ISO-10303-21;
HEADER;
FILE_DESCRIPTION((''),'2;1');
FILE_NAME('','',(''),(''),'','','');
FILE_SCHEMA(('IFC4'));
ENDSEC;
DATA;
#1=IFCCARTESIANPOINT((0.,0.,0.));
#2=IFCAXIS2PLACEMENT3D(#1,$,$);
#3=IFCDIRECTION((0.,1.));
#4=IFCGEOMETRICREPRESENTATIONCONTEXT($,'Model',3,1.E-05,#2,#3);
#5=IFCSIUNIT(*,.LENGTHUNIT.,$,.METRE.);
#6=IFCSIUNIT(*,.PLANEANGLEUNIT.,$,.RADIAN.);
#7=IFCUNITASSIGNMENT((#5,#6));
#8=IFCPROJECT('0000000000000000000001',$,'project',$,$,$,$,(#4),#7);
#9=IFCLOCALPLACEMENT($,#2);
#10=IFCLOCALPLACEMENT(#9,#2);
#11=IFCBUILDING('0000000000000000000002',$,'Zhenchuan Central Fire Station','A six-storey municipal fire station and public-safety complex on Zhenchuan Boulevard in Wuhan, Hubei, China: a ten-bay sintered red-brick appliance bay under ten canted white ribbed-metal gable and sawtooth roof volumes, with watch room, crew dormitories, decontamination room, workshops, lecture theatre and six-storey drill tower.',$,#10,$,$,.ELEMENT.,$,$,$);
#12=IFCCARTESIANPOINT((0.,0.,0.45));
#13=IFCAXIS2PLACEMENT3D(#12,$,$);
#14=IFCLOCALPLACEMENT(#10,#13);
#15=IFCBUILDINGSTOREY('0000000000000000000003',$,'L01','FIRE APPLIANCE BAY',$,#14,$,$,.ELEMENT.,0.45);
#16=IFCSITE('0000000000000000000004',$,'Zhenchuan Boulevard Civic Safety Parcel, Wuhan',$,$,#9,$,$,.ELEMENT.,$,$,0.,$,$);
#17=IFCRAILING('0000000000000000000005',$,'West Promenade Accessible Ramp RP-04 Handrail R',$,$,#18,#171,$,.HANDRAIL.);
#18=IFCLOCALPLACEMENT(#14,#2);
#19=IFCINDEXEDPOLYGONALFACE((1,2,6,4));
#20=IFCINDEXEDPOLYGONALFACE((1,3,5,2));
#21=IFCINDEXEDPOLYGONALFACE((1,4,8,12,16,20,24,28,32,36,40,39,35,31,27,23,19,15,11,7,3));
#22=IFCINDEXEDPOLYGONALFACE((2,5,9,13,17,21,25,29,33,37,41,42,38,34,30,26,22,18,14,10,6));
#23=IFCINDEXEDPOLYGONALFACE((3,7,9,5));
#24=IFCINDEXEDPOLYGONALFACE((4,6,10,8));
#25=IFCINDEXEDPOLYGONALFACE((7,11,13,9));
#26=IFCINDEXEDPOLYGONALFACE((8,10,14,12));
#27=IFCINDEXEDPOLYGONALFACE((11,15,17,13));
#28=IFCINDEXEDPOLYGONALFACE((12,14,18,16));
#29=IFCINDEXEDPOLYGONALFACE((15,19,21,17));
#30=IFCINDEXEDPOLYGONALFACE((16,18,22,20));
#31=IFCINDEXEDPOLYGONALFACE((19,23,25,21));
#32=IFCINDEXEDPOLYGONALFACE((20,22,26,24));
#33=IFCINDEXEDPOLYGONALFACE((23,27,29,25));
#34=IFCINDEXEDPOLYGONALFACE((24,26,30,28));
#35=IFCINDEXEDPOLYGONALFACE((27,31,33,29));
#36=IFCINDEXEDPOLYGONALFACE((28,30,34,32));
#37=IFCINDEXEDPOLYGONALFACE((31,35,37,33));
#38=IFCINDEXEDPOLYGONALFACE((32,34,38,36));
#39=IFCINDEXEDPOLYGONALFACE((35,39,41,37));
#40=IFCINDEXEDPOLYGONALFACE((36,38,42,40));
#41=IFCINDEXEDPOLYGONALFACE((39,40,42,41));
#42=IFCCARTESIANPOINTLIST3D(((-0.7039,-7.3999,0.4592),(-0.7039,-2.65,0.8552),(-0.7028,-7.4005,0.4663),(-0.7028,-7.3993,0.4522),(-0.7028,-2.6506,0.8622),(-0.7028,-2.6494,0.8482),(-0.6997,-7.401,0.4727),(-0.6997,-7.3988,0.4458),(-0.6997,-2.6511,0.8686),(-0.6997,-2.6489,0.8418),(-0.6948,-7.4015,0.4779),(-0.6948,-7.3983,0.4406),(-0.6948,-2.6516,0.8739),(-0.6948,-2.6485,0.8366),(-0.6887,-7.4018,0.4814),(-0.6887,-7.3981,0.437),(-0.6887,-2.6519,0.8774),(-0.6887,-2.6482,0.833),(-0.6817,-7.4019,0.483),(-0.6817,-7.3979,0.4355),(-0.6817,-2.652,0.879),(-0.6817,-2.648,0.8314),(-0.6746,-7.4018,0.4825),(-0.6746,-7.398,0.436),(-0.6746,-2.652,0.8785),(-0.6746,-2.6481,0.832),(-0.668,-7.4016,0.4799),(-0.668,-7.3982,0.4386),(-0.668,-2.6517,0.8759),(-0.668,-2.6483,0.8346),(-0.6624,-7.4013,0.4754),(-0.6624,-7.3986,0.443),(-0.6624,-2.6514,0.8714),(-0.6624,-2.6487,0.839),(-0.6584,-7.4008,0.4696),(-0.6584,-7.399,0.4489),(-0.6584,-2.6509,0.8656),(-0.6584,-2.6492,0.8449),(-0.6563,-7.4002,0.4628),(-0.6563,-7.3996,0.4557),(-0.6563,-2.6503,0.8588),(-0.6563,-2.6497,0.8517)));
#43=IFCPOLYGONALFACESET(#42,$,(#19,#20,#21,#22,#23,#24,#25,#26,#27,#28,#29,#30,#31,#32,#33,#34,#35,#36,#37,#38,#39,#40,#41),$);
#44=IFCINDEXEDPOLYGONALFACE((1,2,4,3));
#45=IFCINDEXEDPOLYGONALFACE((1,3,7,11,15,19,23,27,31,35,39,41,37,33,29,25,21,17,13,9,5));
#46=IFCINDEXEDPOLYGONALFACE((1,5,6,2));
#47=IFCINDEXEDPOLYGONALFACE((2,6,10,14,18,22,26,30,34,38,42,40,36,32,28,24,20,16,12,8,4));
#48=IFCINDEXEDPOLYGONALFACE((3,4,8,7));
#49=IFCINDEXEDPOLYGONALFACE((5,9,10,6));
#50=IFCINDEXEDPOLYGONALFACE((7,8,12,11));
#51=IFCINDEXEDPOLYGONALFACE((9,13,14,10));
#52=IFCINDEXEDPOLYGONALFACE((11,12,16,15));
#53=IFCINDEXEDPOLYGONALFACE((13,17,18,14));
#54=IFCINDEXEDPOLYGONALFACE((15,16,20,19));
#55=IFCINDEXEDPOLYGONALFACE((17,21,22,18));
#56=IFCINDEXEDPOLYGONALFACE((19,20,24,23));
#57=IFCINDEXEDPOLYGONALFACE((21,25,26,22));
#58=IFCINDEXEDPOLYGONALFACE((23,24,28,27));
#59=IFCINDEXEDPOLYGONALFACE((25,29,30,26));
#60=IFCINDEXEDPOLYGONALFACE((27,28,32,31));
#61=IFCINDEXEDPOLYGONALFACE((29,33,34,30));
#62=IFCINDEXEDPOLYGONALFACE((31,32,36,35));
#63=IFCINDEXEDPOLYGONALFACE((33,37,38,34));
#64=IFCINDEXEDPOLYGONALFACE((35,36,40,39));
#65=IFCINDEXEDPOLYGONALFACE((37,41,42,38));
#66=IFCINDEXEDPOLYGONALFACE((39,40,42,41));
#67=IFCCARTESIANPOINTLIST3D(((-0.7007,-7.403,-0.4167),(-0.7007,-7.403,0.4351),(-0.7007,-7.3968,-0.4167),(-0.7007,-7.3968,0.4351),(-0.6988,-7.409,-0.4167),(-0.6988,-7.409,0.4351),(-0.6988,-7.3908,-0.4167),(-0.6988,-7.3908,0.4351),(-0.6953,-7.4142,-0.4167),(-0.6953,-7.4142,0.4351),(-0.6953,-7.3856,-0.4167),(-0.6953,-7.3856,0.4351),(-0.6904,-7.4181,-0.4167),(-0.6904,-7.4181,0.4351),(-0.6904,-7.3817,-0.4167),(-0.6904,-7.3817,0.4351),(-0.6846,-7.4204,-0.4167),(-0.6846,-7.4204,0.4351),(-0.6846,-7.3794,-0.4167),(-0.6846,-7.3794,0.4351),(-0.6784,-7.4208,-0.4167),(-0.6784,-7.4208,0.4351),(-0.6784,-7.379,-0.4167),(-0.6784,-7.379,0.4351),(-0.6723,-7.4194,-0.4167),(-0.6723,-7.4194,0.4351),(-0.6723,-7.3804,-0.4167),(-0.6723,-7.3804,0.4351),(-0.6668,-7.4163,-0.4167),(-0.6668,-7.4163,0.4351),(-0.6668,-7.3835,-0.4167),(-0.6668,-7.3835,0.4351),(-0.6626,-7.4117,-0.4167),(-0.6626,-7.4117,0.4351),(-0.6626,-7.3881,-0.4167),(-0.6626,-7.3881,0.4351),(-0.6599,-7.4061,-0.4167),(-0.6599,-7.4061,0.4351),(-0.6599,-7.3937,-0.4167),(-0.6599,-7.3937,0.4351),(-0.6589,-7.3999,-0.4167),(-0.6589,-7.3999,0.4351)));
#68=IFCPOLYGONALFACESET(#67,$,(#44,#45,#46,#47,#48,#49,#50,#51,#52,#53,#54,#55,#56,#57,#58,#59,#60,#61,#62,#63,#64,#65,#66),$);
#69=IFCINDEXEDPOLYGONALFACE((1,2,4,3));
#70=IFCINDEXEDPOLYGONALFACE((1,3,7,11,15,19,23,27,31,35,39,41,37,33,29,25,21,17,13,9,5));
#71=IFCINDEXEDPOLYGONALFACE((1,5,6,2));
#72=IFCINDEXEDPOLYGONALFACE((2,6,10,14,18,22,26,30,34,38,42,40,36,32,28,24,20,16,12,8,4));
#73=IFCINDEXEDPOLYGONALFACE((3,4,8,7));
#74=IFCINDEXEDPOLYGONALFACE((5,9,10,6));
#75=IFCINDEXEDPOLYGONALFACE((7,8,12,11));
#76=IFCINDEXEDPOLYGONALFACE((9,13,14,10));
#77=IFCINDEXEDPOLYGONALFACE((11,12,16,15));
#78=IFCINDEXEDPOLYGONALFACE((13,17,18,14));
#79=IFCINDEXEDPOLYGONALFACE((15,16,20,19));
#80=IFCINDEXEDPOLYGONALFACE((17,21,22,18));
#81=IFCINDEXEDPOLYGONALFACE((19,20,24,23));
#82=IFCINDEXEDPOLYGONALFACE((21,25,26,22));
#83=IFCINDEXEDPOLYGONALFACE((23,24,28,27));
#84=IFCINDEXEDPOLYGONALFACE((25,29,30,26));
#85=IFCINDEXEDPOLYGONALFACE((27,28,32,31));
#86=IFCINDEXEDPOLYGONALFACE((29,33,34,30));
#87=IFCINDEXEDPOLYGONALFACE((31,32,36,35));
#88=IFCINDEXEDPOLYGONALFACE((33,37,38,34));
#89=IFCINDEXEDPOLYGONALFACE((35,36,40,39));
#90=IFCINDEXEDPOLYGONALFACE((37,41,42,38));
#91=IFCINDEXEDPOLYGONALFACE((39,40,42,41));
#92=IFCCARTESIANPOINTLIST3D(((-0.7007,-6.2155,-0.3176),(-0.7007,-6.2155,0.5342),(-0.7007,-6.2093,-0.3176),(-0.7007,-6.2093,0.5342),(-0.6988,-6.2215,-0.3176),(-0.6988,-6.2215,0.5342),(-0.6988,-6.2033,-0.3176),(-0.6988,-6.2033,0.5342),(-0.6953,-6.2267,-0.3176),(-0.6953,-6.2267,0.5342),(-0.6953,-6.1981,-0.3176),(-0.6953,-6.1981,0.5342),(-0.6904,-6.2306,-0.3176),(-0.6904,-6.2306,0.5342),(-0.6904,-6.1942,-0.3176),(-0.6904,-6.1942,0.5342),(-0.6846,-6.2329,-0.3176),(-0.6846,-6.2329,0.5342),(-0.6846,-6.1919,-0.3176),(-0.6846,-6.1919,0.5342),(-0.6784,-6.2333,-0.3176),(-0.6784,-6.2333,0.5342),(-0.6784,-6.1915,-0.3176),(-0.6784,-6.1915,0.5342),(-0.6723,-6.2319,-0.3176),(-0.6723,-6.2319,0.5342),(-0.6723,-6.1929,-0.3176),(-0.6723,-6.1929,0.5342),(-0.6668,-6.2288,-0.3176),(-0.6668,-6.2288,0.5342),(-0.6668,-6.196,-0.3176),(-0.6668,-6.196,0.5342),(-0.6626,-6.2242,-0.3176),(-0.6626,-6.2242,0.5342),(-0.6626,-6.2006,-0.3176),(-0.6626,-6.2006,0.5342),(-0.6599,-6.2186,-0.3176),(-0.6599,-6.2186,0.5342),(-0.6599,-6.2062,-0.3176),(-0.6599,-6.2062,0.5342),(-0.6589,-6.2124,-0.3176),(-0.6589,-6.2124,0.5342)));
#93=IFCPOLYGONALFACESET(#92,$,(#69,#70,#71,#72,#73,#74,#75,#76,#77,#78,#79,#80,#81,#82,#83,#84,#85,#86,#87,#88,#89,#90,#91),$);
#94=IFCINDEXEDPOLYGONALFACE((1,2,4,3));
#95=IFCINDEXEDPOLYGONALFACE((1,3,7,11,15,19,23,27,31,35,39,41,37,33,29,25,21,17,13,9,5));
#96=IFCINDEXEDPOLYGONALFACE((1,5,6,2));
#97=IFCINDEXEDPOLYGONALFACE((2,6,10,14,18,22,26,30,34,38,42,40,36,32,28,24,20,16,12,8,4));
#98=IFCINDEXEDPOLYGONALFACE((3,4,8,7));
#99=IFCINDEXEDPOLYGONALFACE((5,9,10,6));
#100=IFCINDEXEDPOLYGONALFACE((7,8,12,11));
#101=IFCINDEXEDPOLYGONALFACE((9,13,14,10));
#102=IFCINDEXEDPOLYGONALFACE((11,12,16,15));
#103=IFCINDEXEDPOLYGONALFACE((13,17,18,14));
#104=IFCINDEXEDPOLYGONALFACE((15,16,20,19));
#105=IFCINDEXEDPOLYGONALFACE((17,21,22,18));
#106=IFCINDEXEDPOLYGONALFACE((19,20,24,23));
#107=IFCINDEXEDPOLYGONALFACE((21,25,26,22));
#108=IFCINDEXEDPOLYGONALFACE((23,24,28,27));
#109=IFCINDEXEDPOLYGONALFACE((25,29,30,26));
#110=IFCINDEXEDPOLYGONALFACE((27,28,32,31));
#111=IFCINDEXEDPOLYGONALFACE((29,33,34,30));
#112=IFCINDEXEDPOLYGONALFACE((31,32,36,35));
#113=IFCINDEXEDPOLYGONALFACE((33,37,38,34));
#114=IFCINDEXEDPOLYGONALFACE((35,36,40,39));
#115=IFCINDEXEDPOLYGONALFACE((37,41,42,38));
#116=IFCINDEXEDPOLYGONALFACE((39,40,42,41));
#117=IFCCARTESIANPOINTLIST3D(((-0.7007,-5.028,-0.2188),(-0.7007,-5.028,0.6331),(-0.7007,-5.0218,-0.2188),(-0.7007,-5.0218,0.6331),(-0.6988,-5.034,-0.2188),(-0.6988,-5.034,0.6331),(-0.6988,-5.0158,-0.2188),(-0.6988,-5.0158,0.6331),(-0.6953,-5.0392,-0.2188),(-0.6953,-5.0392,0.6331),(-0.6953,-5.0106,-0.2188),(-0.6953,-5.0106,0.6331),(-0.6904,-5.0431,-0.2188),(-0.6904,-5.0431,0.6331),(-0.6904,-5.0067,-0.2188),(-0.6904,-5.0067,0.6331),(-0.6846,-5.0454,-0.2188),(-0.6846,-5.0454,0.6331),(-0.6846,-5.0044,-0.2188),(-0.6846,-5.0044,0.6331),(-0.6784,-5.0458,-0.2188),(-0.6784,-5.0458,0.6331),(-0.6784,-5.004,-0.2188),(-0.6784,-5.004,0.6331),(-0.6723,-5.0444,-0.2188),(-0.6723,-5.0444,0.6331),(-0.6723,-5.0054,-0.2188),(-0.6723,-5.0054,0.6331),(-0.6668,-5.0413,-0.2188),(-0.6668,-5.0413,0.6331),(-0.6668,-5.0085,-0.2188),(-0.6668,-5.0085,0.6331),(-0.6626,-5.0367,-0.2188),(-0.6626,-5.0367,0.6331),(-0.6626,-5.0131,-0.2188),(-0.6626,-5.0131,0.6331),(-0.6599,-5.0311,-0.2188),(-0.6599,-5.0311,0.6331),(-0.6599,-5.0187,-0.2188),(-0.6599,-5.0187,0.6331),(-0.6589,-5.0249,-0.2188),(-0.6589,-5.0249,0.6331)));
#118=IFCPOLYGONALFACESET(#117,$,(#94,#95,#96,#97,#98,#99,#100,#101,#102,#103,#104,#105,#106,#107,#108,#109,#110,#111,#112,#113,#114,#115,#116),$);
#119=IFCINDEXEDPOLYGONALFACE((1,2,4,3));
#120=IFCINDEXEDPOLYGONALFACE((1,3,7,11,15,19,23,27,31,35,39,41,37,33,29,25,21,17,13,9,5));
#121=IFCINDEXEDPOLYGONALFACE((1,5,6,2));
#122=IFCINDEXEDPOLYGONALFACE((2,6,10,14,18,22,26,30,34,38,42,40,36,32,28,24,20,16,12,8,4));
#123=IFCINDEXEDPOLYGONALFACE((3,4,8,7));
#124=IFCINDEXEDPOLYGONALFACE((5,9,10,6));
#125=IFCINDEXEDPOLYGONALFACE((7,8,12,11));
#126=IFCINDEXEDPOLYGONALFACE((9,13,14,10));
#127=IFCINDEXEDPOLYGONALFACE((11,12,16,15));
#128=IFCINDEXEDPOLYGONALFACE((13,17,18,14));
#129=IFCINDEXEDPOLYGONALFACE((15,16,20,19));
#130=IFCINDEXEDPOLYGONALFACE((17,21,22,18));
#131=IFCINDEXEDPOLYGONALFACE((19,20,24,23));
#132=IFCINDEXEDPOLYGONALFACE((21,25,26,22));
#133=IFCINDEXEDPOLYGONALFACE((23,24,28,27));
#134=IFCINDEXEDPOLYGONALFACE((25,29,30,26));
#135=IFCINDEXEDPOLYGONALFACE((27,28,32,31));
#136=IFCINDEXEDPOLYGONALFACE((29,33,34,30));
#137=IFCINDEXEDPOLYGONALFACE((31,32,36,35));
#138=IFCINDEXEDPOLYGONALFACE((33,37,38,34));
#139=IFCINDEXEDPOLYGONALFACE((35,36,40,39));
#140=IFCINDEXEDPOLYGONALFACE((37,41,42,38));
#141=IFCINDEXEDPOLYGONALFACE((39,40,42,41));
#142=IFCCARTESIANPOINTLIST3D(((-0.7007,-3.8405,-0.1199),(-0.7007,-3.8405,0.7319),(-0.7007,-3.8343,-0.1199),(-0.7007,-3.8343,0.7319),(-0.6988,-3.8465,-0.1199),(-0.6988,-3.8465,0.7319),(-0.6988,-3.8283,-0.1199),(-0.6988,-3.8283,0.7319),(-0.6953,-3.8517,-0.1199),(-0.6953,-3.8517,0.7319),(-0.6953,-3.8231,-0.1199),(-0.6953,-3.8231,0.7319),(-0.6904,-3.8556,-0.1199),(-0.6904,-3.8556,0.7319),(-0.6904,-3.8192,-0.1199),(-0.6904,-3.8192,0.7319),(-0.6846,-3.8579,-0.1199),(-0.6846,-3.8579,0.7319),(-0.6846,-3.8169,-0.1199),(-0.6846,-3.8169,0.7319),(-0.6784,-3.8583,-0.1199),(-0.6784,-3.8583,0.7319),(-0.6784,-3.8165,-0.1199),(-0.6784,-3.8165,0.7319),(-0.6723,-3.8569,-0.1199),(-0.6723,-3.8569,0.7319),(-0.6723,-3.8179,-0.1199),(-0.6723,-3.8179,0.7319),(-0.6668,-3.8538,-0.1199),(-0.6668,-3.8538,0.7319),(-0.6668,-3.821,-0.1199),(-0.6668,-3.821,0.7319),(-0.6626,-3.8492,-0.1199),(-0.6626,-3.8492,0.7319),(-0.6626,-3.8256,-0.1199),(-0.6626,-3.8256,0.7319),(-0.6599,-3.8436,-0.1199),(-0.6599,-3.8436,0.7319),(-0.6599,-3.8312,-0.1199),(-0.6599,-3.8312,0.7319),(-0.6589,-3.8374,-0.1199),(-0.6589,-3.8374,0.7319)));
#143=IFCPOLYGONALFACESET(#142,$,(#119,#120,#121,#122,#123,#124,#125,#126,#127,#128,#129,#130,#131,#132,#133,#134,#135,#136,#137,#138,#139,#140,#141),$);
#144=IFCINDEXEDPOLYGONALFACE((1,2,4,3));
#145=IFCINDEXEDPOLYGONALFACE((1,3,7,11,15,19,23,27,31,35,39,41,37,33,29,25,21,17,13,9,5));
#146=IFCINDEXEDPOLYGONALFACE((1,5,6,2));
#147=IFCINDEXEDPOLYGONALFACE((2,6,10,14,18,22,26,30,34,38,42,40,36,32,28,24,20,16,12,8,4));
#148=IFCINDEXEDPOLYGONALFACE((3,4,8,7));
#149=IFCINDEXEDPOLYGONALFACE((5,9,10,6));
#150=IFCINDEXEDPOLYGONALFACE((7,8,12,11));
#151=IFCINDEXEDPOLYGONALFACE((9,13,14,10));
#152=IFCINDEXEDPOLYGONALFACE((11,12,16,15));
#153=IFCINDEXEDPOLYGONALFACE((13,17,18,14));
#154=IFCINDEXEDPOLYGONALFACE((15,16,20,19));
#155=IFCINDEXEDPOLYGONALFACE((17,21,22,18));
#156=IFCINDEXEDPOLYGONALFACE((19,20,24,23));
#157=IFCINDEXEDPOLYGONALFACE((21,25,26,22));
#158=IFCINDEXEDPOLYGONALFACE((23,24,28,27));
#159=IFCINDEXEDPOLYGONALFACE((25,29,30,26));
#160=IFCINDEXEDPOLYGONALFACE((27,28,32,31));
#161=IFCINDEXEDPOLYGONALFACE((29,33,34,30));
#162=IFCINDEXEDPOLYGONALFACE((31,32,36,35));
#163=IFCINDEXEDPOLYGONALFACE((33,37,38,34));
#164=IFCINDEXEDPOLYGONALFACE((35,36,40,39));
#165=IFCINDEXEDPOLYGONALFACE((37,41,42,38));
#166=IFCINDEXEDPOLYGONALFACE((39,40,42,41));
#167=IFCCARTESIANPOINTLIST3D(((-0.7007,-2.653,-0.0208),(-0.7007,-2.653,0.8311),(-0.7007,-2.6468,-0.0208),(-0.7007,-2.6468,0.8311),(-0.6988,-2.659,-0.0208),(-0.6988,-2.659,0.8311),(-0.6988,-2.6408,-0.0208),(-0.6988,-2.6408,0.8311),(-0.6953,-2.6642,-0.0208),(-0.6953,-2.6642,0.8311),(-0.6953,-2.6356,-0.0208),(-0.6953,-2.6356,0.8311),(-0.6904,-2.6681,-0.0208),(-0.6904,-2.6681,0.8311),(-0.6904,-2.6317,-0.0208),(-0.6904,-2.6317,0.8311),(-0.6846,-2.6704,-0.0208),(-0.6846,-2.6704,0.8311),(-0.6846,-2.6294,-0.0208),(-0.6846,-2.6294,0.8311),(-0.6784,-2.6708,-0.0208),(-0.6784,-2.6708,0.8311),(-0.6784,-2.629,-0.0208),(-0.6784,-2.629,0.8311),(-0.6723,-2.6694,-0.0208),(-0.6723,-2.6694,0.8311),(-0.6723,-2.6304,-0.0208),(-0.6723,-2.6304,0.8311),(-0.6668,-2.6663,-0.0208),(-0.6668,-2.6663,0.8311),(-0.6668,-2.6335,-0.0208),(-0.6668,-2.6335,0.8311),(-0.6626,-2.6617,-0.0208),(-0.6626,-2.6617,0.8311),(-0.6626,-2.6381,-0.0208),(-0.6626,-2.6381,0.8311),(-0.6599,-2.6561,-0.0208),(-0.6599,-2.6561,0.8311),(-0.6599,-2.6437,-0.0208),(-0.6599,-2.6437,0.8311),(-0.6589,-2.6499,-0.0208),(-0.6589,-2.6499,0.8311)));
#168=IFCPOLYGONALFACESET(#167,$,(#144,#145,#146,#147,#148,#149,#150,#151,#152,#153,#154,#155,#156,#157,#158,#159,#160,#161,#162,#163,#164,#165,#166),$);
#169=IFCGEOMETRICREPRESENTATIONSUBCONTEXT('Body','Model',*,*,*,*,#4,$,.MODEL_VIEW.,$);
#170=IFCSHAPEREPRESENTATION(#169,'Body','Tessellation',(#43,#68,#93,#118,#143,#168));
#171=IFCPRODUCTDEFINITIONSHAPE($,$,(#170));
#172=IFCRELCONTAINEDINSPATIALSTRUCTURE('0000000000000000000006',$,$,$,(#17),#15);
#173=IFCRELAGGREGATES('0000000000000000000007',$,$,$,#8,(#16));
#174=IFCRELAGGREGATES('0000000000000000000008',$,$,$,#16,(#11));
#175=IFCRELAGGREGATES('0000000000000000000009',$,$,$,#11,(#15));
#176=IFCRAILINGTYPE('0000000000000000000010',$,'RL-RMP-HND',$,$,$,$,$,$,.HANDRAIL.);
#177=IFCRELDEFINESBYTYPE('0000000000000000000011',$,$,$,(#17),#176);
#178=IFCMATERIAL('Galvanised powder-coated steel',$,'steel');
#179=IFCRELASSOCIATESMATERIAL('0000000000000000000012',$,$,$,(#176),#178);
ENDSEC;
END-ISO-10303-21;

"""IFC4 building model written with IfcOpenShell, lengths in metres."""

from ifc_helpers import new_model, si_unit, direction, frame, origin, origin_2d, place, context, subcontext, project, spatial, circle, extrude, material, type_object, element, save


model = new_model("IFC4")

# Units and contexts
model_context = context("Model", 3, precision=1e-05, world=origin(), true_north=direction((0.0, 1.0)))
body_context = subcontext(model_context, "Body", "Model", "MODEL_VIEW")
ifc_project = project(units=[si_unit("LENGTHUNIT", "METRE"), si_unit("PLANEANGLEUNIT", "RADIAN")], contexts=[model_context])

# Site, building, storey
site_placement = place(None, origin())
site = spatial("IfcSite", under=ifc_project, at=site_placement, Name="Zhenchuan Boulevard Civic Safety Parcel, Wuhan", CompositionType="ELEMENT", RefElevation=0.0)
building_placement = place(site_placement, origin())
building = spatial("IfcBuilding", under=site, at=building_placement, Name="Zhenchuan Central Fire Station", Description="A six-storey municipal fire station and public-safety complex on Zhenchuan Boulevard in Wuhan, Hubei, China: a ten-bay sintered red-brick appliance bay under ten canted white ribbed-metal gable and sawtooth roof volumes, with watch room, crew dormitories, decontamination room, workshops, lecture theatre and six-storey drill tower.", CompositionType="ELEMENT")
storey_placement = place(building_placement, frame((0.0, 0.0, 0.45)))
storey = spatial("IfcBuildingStorey", under=building, at=storey_placement, Name="L01", Description="FIRE APPLIANCE BAY", CompositionType="ELEMENT", Elevation=0.45)

# Railing
ifc_material_1 = material(Name="Galvanised powder-coated steel", Category="steel")
railing_type = type_object("IfcRailingType", Name="RL-RMP-HND", PredefinedType="HANDRAIL", material=ifc_material_1)
for number, where, name in (
    (1, (-0.6799, -7.3999, -0.4167), "West Promenade Accessible Ramp RP-04 Handrail R"),
):
    element("IfcRailing", number, at=place(storey_placement, frame(where)), inside=storey, type_object=railing_type, Name=name, PredefinedType="HANDRAIL", context=body_context, shape_type="SweptSolid", body=[
        extrude(circle(Radius=0.0239, at=origin_2d()), frame((0.0, 0.0, 0.876), z_axis=(0.0, 0.996543, 0.083079), x_axis=(-1.0, 0.0, 0.0)), (0.0, 0.0, 1.0), 4.7664),
        extrude(circle(Radius=0.021, at=origin_2d()), origin(), (0.0, 0.0, 1.0), 0.8518),
        extrude(circle(Radius=0.021, at=origin_2d()), frame((0.0, 1.1875, 0.0991)), (0.0, 0.0, 1.0), 0.8518),
        extrude(circle(Radius=0.021, at=origin_2d()), frame((0.0, 2.375, 0.198)), (0.0, 0.0, 1.0), 0.8518),
        extrude(circle(Radius=0.021, at=origin_2d()), frame((0.0, 3.5625, 0.2969)), (0.0, 0.0, 1.0), 0.8518),
        extrude(circle(Radius=0.021, at=origin_2d()), frame((0.0, 4.75, 0.396)), (0.0, 0.0, 1.0), 0.8518),
    ])

save(model, "model.ifc")
